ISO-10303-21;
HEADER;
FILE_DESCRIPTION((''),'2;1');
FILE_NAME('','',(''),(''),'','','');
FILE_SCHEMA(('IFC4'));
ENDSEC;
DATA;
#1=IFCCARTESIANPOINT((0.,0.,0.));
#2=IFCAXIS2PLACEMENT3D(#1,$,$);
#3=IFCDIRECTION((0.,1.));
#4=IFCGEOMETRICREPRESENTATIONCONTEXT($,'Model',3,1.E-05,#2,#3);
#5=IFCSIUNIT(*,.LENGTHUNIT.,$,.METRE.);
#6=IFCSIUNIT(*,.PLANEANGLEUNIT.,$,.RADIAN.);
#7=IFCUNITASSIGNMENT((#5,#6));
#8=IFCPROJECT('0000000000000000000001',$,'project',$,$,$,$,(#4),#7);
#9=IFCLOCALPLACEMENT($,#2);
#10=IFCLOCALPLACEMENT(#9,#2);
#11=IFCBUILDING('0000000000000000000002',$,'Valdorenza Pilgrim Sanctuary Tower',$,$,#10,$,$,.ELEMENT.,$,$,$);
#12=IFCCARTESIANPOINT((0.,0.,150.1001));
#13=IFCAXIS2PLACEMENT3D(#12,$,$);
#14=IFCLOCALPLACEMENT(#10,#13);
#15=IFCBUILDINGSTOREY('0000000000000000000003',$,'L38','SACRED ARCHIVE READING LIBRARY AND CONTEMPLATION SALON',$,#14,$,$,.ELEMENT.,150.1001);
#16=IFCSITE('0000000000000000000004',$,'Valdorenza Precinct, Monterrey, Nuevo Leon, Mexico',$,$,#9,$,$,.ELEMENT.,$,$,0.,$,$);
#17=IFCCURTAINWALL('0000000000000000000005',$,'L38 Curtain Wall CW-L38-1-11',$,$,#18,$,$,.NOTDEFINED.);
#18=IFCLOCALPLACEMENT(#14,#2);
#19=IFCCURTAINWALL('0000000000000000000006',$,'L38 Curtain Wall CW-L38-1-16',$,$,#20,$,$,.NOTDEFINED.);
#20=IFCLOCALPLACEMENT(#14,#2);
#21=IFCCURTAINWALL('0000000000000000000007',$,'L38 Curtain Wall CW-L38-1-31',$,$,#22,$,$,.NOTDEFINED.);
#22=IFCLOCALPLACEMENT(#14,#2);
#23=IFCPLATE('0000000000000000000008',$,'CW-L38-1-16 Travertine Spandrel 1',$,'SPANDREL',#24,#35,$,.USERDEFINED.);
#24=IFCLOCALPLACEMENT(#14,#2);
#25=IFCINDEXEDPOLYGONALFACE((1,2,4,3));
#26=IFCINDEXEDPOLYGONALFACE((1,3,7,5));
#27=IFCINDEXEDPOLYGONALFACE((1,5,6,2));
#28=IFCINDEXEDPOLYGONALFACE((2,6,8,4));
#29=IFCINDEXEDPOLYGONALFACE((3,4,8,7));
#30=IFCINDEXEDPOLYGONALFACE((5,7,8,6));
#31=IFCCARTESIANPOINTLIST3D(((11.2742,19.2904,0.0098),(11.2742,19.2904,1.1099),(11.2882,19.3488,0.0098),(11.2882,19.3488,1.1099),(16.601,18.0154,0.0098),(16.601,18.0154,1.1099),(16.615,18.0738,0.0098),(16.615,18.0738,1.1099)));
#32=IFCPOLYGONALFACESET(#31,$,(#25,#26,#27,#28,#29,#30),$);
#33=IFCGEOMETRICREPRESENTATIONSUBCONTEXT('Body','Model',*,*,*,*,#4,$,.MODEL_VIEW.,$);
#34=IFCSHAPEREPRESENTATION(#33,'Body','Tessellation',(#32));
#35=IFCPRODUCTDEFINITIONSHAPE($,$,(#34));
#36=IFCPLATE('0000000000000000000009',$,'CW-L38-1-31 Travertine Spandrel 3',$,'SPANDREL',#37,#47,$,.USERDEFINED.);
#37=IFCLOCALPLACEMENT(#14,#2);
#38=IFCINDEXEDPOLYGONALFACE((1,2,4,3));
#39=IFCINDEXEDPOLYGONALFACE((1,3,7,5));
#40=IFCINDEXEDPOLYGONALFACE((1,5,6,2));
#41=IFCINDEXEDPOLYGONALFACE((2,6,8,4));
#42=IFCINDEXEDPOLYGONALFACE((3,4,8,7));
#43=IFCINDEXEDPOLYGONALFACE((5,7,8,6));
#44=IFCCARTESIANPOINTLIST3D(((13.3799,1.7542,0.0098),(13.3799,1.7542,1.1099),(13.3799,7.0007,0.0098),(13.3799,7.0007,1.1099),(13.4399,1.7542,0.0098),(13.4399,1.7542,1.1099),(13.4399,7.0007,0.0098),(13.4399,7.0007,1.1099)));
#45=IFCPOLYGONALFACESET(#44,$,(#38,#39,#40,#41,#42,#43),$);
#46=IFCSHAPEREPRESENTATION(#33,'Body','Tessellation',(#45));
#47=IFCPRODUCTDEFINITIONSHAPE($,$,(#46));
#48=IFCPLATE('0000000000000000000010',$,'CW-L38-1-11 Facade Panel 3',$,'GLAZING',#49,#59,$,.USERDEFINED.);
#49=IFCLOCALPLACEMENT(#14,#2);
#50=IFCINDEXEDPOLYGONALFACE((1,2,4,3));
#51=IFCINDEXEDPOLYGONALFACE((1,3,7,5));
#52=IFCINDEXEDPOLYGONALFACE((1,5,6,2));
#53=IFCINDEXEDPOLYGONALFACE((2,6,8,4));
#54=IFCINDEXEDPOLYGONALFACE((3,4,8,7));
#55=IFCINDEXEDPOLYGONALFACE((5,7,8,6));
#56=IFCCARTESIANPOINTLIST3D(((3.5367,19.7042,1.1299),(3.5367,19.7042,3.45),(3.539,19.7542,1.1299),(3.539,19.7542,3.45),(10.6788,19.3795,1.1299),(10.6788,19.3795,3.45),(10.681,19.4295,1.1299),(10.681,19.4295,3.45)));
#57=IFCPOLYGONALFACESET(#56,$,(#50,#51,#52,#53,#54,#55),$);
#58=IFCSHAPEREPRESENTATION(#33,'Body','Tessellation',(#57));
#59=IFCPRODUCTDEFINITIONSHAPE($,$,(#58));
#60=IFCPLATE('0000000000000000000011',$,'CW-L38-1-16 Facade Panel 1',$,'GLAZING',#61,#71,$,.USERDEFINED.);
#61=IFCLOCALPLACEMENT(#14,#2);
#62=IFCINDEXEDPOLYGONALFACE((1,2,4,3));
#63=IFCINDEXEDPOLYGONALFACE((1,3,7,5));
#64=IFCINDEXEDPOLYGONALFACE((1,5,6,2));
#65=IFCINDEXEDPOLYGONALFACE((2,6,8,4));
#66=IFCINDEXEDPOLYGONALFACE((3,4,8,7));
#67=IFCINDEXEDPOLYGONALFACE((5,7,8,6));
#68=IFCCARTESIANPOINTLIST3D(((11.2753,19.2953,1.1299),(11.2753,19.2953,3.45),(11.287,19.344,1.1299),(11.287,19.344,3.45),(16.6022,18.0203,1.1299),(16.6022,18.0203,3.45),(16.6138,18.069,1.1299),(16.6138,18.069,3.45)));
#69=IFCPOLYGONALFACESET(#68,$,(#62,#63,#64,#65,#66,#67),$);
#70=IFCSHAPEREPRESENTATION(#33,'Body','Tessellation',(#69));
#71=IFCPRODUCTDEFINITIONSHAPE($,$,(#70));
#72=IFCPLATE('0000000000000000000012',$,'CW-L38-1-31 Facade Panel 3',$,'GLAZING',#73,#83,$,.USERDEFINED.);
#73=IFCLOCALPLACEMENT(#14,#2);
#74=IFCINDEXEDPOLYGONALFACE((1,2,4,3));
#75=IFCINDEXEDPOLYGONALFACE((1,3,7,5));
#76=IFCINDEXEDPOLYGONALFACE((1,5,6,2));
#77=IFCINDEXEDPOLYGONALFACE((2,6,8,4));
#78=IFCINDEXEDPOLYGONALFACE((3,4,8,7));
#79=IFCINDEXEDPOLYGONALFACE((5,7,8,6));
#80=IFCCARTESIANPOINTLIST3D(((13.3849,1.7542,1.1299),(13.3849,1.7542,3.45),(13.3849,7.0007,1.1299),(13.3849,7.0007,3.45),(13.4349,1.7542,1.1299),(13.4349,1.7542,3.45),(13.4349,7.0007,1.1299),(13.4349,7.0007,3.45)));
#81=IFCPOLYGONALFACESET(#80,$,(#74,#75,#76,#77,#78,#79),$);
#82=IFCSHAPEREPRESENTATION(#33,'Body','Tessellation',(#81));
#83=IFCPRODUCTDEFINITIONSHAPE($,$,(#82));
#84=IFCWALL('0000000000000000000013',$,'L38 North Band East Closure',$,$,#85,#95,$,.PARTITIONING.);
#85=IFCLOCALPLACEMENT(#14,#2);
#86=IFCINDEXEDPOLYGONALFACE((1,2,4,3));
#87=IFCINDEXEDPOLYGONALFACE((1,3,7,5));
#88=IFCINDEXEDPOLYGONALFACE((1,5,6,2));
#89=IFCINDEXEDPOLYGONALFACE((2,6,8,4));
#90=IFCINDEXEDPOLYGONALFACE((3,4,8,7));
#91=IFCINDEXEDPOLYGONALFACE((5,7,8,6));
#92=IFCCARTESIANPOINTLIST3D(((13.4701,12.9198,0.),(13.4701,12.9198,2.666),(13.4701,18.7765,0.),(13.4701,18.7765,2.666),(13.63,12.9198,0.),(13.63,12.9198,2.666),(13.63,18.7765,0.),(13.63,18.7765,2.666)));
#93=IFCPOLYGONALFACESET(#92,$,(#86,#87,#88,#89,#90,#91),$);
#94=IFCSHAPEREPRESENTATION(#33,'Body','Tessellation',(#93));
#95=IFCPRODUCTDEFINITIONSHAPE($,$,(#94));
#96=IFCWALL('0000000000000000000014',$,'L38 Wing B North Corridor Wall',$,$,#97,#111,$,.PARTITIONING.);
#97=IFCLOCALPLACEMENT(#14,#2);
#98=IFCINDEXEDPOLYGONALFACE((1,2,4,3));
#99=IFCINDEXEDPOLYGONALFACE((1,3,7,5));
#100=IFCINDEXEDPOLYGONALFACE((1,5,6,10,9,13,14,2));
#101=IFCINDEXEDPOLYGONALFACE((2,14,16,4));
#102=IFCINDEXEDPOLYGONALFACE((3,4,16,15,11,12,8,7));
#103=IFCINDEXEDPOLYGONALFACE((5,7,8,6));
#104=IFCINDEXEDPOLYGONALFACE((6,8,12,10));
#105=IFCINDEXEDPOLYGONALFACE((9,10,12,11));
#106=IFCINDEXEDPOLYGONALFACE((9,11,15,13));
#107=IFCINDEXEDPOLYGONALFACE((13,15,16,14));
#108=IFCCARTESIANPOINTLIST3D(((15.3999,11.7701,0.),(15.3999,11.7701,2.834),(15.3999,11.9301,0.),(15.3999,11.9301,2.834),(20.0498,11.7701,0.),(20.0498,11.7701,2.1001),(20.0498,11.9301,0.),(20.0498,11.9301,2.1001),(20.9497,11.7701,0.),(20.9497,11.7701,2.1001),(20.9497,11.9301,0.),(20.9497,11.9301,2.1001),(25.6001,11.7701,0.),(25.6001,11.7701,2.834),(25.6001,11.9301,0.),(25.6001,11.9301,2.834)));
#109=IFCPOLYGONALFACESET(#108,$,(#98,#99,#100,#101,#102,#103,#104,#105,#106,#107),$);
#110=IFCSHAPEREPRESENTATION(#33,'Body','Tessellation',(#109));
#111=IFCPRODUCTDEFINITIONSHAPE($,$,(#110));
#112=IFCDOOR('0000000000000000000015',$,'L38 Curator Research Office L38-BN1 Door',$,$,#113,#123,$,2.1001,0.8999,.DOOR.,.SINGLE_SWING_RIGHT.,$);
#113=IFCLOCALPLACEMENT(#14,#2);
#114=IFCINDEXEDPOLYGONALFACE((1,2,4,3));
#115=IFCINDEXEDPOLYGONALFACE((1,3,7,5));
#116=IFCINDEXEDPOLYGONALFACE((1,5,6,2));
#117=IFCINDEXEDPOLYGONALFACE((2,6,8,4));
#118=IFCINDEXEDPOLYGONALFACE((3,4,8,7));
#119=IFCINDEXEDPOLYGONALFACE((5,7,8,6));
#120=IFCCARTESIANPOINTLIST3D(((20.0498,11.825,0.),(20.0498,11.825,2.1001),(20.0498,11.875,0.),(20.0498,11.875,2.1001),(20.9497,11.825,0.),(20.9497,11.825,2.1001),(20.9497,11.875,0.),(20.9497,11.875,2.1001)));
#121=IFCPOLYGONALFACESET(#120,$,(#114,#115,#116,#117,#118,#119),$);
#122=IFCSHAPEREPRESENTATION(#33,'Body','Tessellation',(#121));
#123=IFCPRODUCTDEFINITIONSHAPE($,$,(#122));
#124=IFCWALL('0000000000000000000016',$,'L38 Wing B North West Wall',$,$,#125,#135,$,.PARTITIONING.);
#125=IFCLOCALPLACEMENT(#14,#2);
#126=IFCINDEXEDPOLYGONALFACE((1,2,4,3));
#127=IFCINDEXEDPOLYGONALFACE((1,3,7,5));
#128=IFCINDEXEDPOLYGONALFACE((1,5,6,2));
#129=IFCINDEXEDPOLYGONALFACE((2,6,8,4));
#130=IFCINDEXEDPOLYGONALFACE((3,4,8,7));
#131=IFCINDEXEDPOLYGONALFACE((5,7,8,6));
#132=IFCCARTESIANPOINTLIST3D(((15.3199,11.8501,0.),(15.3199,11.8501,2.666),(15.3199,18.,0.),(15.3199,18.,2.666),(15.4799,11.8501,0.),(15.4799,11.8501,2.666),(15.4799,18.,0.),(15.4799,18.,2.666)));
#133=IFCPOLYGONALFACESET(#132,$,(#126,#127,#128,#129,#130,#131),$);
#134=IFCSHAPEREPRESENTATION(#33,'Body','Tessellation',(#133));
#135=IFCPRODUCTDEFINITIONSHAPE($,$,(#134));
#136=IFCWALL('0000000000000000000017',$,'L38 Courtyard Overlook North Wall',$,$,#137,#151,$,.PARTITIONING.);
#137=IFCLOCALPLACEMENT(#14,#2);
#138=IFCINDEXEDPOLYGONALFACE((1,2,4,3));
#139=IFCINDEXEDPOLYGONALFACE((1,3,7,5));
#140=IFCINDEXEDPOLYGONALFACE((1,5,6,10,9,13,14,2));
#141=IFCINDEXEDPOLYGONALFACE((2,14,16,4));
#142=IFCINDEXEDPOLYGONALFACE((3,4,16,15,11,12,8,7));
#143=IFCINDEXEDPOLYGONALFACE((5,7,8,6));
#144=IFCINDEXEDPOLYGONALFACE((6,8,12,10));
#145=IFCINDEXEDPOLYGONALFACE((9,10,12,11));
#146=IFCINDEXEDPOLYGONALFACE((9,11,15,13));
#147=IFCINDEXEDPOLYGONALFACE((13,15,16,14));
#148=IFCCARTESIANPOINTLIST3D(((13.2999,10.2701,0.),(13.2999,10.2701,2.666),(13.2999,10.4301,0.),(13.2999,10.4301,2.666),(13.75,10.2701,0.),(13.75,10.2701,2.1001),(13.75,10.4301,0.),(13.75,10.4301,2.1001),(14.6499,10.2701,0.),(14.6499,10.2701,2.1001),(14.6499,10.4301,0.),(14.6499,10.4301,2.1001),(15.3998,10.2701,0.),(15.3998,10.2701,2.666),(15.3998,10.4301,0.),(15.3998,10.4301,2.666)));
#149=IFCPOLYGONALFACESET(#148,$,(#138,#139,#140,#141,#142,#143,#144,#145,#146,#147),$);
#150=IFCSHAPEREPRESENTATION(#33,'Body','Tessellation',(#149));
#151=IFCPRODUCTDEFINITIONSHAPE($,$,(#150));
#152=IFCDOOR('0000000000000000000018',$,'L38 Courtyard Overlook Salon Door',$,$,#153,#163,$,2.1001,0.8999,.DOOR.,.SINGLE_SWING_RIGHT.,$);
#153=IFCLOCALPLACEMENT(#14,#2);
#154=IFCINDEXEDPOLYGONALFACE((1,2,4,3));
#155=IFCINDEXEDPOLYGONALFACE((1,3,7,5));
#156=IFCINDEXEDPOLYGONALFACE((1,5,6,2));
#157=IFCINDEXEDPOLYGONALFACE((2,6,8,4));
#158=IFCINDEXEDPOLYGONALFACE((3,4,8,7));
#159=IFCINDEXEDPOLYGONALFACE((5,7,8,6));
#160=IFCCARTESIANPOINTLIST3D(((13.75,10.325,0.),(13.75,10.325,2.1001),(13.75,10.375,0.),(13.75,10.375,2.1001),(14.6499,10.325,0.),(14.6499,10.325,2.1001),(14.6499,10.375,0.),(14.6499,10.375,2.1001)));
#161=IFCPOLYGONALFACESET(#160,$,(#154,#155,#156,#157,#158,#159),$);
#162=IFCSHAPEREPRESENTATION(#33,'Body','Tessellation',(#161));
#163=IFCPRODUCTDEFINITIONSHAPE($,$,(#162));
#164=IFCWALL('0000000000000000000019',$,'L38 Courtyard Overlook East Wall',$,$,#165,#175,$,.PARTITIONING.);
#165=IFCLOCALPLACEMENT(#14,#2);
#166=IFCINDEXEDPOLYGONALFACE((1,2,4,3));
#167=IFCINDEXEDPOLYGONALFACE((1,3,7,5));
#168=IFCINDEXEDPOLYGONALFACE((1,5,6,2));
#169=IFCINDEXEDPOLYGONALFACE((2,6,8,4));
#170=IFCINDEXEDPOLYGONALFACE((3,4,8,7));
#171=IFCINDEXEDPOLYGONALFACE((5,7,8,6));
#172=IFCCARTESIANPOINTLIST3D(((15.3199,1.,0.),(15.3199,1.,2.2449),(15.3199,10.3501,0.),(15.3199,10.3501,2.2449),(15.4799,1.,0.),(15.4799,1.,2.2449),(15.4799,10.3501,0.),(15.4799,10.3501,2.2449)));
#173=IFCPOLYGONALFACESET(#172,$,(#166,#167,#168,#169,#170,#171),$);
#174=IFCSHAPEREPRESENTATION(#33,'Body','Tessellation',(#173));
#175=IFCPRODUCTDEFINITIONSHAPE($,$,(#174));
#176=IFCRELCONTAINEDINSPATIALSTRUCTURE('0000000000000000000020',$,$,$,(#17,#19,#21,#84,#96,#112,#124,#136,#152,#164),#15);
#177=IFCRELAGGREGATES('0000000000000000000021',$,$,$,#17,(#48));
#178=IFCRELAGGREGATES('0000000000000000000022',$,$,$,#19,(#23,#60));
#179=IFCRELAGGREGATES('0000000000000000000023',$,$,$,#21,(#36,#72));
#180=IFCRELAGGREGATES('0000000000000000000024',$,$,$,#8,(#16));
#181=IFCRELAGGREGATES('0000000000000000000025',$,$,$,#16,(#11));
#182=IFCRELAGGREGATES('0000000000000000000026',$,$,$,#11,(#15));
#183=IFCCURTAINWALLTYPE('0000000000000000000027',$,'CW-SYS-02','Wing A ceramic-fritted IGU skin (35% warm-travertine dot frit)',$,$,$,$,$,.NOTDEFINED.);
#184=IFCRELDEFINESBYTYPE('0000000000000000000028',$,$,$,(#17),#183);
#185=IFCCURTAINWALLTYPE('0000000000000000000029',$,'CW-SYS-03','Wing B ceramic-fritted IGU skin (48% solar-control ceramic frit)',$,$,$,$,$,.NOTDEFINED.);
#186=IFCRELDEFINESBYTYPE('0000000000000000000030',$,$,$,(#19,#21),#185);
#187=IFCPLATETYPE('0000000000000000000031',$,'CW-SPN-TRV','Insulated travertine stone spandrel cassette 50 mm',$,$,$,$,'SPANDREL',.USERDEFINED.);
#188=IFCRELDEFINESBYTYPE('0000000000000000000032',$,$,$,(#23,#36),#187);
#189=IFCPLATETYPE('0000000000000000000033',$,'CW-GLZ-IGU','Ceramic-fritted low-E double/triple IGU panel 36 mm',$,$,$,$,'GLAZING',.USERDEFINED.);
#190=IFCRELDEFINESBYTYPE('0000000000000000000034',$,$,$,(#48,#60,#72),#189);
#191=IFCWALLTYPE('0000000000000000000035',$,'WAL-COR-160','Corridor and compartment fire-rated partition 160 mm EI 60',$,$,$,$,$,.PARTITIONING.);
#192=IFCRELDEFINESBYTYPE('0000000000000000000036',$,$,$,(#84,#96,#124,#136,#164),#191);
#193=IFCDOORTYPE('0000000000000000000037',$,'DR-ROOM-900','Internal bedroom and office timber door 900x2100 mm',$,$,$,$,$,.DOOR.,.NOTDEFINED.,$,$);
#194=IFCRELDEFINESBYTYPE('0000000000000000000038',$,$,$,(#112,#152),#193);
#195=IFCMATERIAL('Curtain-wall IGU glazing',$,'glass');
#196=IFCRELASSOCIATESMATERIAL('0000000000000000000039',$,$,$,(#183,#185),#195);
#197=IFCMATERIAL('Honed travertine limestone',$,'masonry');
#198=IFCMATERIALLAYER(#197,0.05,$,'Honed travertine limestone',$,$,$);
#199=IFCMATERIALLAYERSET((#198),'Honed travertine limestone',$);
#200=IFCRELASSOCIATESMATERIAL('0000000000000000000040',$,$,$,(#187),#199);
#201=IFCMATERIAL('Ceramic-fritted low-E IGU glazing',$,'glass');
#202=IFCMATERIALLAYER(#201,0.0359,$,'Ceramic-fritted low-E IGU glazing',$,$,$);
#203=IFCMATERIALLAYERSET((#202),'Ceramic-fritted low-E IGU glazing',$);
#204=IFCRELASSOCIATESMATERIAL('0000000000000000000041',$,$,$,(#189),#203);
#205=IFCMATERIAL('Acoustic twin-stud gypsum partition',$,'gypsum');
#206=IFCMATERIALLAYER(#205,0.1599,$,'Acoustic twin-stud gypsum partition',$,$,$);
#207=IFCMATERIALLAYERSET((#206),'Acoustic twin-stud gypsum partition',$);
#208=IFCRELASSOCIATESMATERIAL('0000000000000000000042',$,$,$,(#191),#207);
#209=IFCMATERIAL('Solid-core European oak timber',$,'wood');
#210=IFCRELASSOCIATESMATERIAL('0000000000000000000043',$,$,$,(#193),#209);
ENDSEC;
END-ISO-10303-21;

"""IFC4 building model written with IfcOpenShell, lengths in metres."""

from ifc_helpers import new_model, si_unit, direction, frame, frame_2d, origin, origin_2d, place, context, subcontext, project, spatial, rectangle, extrude, source, transform, mapped, material, layer, layer_set, type_object, element, fill, aggregate, save


model = new_model("IFC4")

# Units and contexts
model_context = context("Model", 3, precision=1e-05, world=origin(), true_north=direction((0.0, 1.0)))
body_context = subcontext(model_context, "Body", "Model", "MODEL_VIEW")
ifc_project = project(units=[si_unit("LENGTHUNIT", "METRE"), si_unit("PLANEANGLEUNIT", "RADIAN")], contexts=[model_context])

# Site, building, storey
site_placement = place(None, origin())
site = spatial("IfcSite", under=ifc_project, at=site_placement, Name="Valdorenza Precinct, Monterrey, Nuevo Leon, Mexico", CompositionType="ELEMENT", RefElevation=0.0)
building_placement = place(site_placement, origin())
building = spatial("IfcBuilding", under=site, at=building_placement, Name="Valdorenza Pilgrim Sanctuary Tower", CompositionType="ELEMENT")
storey_placement = place(building_placement, frame((0.0, 0.0, 150.1001)))
storey = spatial("IfcBuildingStorey", under=building, at=storey_placement, Name="L38", Description="SACRED ARCHIVE READING LIBRARY AND CONTEMPLATION SALON", CompositionType="ELEMENT", Elevation=150.1001)

# Curtain walls
ifc_material_1 = material(Name="Curtain-wall IGU glazing", Category="glass")
curtain_wall_type_1 = type_object("IfcCurtainWallType", Name="CW-SYS-02", Description="Wing A ceramic-fritted IGU skin (35% warm-travertine dot frit)", PredefinedType="NOTDEFINED", material=ifc_material_1)
curtain_wall_1_placement = place(storey_placement, origin())
curtain_wall_1 = element("IfcCurtainWall", 1, at=curtain_wall_1_placement, inside=storey, type_object=curtain_wall_type_1, Name="L38 Curtain Wall CW-L38-1-11", PredefinedType="NOTDEFINED")
curtain_wall_type_2 = type_object("IfcCurtainWallType", Name="CW-SYS-03", Description="Wing B ceramic-fritted IGU skin (48% solar-control ceramic frit)", PredefinedType="NOTDEFINED", material=ifc_material_1)
curtain_wall_2_placement = place(storey_placement, origin())
curtain_wall_2 = element("IfcCurtainWall", 2, at=curtain_wall_2_placement, inside=storey, type_object=curtain_wall_type_2, Name="L38 Curtain Wall CW-L38-1-16", PredefinedType="NOTDEFINED")

# Curtain wall
curtain_wall_3_placement = place(storey_placement, origin())
curtain_wall_3 = element("IfcCurtainWall", 3, at=curtain_wall_3_placement, inside=storey, type_object=curtain_wall_type_2, Name="L38 Curtain Wall CW-L38-1-31", PredefinedType="NOTDEFINED")

# Plates
ifc_material_2 = material(Name="Honed travertine limestone", Category="masonry")
ifc_layer_1 = layer(ifc_material_2, 0.05, Name="Honed travertine limestone")
ifc_layer_set_1 = layer_set([ifc_layer_1], Name="Honed travertine limestone")
plate_type_1 = type_object("IfcPlateType", Name="CW-SPN-TRV", Description="Insulated travertine stone spandrel cassette 50 mm", ElementType="SPANDREL", PredefinedType="USERDEFINED", material=ifc_layer_set_1)
ifc_material_3 = material(Name="Ceramic-fritted low-E IGU glazing", Category="glass")
ifc_layer_2 = layer(ifc_material_3, 0.0359, Name="Ceramic-fritted low-E IGU glazing")
ifc_layer_set_2 = layer_set([ifc_layer_2], Name="Ceramic-fritted low-E IGU glazing")
plate_type_2 = type_object("IfcPlateType", Name="CW-GLZ-IGU", Description="Ceramic-fritted low-E double/triple IGU panel 36 mm", ElementType="GLAZING", PredefinedType="USERDEFINED", material=ifc_layer_set_2)
shared_shape_1 = source(origin(), body_context, "Body", "SweptSolid", [
    extrude(rectangle(XDim=5.4773, YDim=0.0601, at=origin_2d()), origin(), (0.0, 0.0, 1.0), 1.1001),
])
plate_1_placement = place(storey_placement, frame((13.9446, 18.6821, 0.0098), z_axis=(0.0, 0.0, 1.0), x_axis=(0.972529, -0.232783, 0.0)))
plate_1 = element("IfcPlate", 4, at=plate_1_placement, type_object=plate_type_1, Name="CW-L38-1-16 Travertine Spandrel 1", ObjectType="SPANDREL", PredefinedType="USERDEFINED", context=body_context, shape_type="MappedRepresentation", body=[
    mapped(shared_shape_1, transform((0.0, 0.0, 0.0), x_axis=(1.0, 0.0, 0.0), y_axis=(0.0, 1.0, 0.0), z_axis=(0.0, 0.0, 1.0), scale=1.0)),
])
shared_shape_2 = source(origin(), body_context, "Body", "SweptSolid", [
    extrude(rectangle(XDim=5.2466, YDim=0.0601, at=origin_2d()), origin(), (0.0, 0.0, 1.0), 1.1001),
])
plate_2_placement = place(storey_placement, frame((13.4099, 4.3774, 0.0098), z_axis=(0.0, 0.0, 1.0), x_axis=(0.0, 1.0, 0.0)))
plate_2 = element("IfcPlate", 5, at=plate_2_placement, type_object=plate_type_1, Name="CW-L38-1-31 Travertine Spandrel 3", ObjectType="SPANDREL", PredefinedType="USERDEFINED", context=body_context, shape_type="MappedRepresentation", body=[
    mapped(shared_shape_2, transform((0.0, 0.0, 0.0), x_axis=(1.0, 0.0, 0.0), y_axis=(0.0, 1.0, 0.0), z_axis=(0.0, 0.0, 1.0), scale=1.0)),
])
shared_shape_3 = source(origin(), body_context, "Body", "SweptSolid", [
    extrude(rectangle(XDim=7.1494, YDim=0.05, at=origin_2d()), origin(), (0.0, 0.0, 1.0), 2.3201),
])
plate_3_placement = place(storey_placement, frame((7.1089, 19.5669, 1.1299), z_axis=(0.0, 0.0, 1.0), x_axis=(0.998968, -0.045415, 0.0)))
plate_3 = element("IfcPlate", 6, at=plate_3_placement, type_object=plate_type_2, Name="CW-L38-1-11 Facade Panel 3", ObjectType="GLAZING", PredefinedType="USERDEFINED", context=body_context, shape_type="MappedRepresentation", body=[
    mapped(shared_shape_3, transform((0.0, 0.0, 0.0), x_axis=(1.0, 0.0, 0.0), y_axis=(0.0, 1.0, 0.0), z_axis=(0.0, 0.0, 1.0), scale=1.0)),
])
aggregate(curtain_wall_1, [plate_3])
shared_shape_4 = source(origin(), body_context, "Body", "SweptSolid", [
    extrude(rectangle(XDim=5.4773, YDim=0.05, at=origin_2d()), origin(), (0.0, 0.0, 1.0), 2.3201),
])
plate_4_placement = place(storey_placement, frame((13.9446, 18.6821, 1.1299), z_axis=(0.0, 0.0, 1.0), x_axis=(0.972529, -0.232783, 0.0)))
plate_4 = element("IfcPlate", 7, at=plate_4_placement, type_object=plate_type_2, Name="CW-L38-1-16 Facade Panel 1", ObjectType="GLAZING", PredefinedType="USERDEFINED", context=body_context, shape_type="MappedRepresentation", body=[
    mapped(shared_shape_4, transform((0.0, 0.0, 0.0), x_axis=(1.0, 0.0, 0.0), y_axis=(0.0, 1.0, 0.0), z_axis=(0.0, 0.0, 1.0), scale=1.0)),
])
aggregate(curtain_wall_2, [plate_1, plate_4])
shared_shape_5 = source(origin(), body_context, "Body", "SweptSolid", [
    extrude(rectangle(XDim=5.2466, YDim=0.05, at=origin_2d()), origin(), (0.0, 0.0, 1.0), 2.3201),
])
plate_5_placement = place(storey_placement, frame((13.4099, 4.3774, 1.1299), z_axis=(0.0, 0.0, 1.0), x_axis=(0.0, 1.0, 0.0)))
plate_5 = element("IfcPlate", 8, at=plate_5_placement, type_object=plate_type_2, Name="CW-L38-1-31 Facade Panel 3", ObjectType="GLAZING", PredefinedType="USERDEFINED", context=body_context, shape_type="MappedRepresentation", body=[
    mapped(shared_shape_5, transform((0.0, 0.0, 0.0), x_axis=(1.0, 0.0, 0.0), y_axis=(0.0, 1.0, 0.0), z_axis=(0.0, 0.0, 1.0), scale=1.0)),
])
aggregate(curtain_wall_3, [plate_2, plate_5])

# Wall
ifc_material_4 = material(Name="Acoustic twin-stud gypsum partition", Category="gypsum")
ifc_layer_3 = layer(ifc_material_4, 0.1599, Name="Acoustic twin-stud gypsum partition")
ifc_layer_set_3 = layer_set([ifc_layer_3], Name="Acoustic twin-stud gypsum partition")
wall_type_1 = type_object("IfcWallType", Name="WAL-COR-160", Description="Corridor and compartment fire-rated partition 160 mm EI 60", PredefinedType="PARTITIONING", material=ifc_layer_set_3)
wall_1_placement = place(storey_placement, frame((13.55, 12.9199, 0.0), z_axis=(0.0, 0.0, 1.0), x_axis=(0.0, 1.0, 0.0)))
element("IfcWall", 9, at=wall_1_placement, inside=storey, type_object=wall_type_1, Name="L38 North Band East Closure", PredefinedType="PARTITIONING", context=body_context, shape_type="SweptSolid", body=[
    extrude(rectangle(XDim=5.8567, YDim=0.1599, at=frame_2d((2.9282, 0.0))), origin(), (0.0, 0.0, 1.0), 2.666),
])

# Wall, opening, door
wall_2_placement = place(storey_placement, frame((15.3999, 11.8501, 0.0), z_axis=(0.0, 0.0, 1.0), x_axis=(1.0, 0.0, 0.0)))
wall_2 = element("IfcWall", 10, at=wall_2_placement, inside=storey, type_object=wall_type_1, Name="L38 Wing B North Corridor Wall", PredefinedType="PARTITIONING", context=body_context, shape_type="SweptSolid", body=[
    extrude(rectangle(XDim=10.2002, YDim=0.1599, at=frame_2d((5.1001, 0.0))), origin(), (0.0, 0.0, 1.0), 2.834),
])
opening_1_placement = place(wall_2_placement, frame((4.6499, 0.0, 0.0)))
opening_1 = element("IfcOpeningElement", 11, at=opening_1_placement, cuts=wall_2, PredefinedType="OPENING", context=body_context, shape_type="SweptSolid", body=[
    extrude(rectangle(XDim=0.8999, YDim=2.1001, at=frame_2d((0.45, 1.05))), frame((0.0, 0.0947, 0.0), z_axis=(0.0, -1.0, 0.0), x_axis=(1.0, 0.0, 0.0)), (0.0, 0.0, 1.0), 0.1897),
])
ifc_material_5 = material(Name="Solid-core European oak timber", Category="wood")
door_type = type_object("IfcDoorType", Name="DR-ROOM-900", Description="Internal bedroom and office timber door 900x2100 mm", OperationType="NOTDEFINED", PredefinedType="DOOR", material=ifc_material_5)
door_1_placement = place(opening_1_placement, origin())
door_1 = element("IfcDoor", 12, at=door_1_placement, inside=storey, type_object=door_type, Name="L38 Curator Research Office L38-BN1 Door", OperationType="SINGLE_SWING_RIGHT", OverallHeight=2.1001, OverallWidth=0.8999, PredefinedType="DOOR", context=body_context, shape_type="SweptSolid", body=[
    extrude(rectangle(XDim=0.8999, YDim=2.1001, at=frame_2d((0.45, 1.05))), frame((0.0, 0.0249, 0.0), z_axis=(0.0, -1.0, 0.0), x_axis=(1.0, 0.0, 0.0)), (0.0, 0.0, 1.0), 0.05),
])
fill(opening_1, door_1)

# Wall
wall_3_placement = place(storey_placement, frame((15.3999, 11.8501, 0.0), z_axis=(0.0, 0.0, 1.0), x_axis=(0.0, 1.0, 0.0)))
element("IfcWall", 13, at=wall_3_placement, inside=storey, type_object=wall_type_1, Name="L38 Wing B North West Wall", PredefinedType="PARTITIONING", context=body_context, shape_type="SweptSolid", body=[
    extrude(rectangle(XDim=6.1499, YDim=0.1599, at=frame_2d((3.075, 0.0))), origin(), (0.0, 0.0, 1.0), 2.666),
])

# Wall, opening, door
wall_4_placement = place(storey_placement, frame((13.3, 10.3501, 0.0), z_axis=(0.0, 0.0, 1.0), x_axis=(1.0, 0.0, 0.0)))
wall_4 = element("IfcWall", 14, at=wall_4_placement, inside=storey, type_object=wall_type_1, Name="L38 Courtyard Overlook North Wall", PredefinedType="PARTITIONING", context=body_context, shape_type="SweptSolid", body=[
    extrude(rectangle(XDim=2.0999, YDim=0.1599, at=frame_2d((1.0498, 0.0))), origin(), (0.0, 0.0, 1.0), 2.666),
])
opening_2_placement = place(wall_4_placement, frame((0.45, 0.0, 0.0)))
opening_2 = element("IfcOpeningElement", 15, at=opening_2_placement, cuts=wall_4, PredefinedType="OPENING", context=body_context, shape_type="SweptSolid", body=[
    extrude(rectangle(XDim=0.8999, YDim=2.1001, at=frame_2d((0.45, 1.05))), frame((0.0, 0.0947, 0.0), z_axis=(0.0, -1.0, 0.0), x_axis=(1.0, 0.0, 0.0)), (0.0, 0.0, 1.0), 0.1897),
])
door_2_placement = place(opening_2_placement, origin())
door_2 = element("IfcDoor", 16, at=door_2_placement, inside=storey, type_object=door_type, Name="L38 Courtyard Overlook Salon Door", OperationType="SINGLE_SWING_RIGHT", OverallHeight=2.1001, OverallWidth=0.8999, PredefinedType="DOOR", context=body_context, shape_type="SweptSolid", body=[
    extrude(rectangle(XDim=0.8999, YDim=2.1001, at=frame_2d((0.45, 1.05))), frame((0.0, 0.0249, 0.0), z_axis=(0.0, -1.0, 0.0), x_axis=(1.0, 0.0, 0.0)), (0.0, 0.0, 1.0), 0.05),
])
fill(opening_2, door_2)

# Wall
wall_5_placement = place(storey_placement, frame((15.3999, 1.0, 0.0), z_axis=(0.0, 0.0, 1.0), x_axis=(0.0, 1.0, 0.0)))
element("IfcWall", 17, at=wall_5_placement, inside=storey, type_object=wall_type_1, Name="L38 Courtyard Overlook East Wall", PredefinedType="PARTITIONING", context=body_context, shape_type="SweptSolid", body=[
    extrude(rectangle(XDim=9.3501, YDim=0.1599, at=frame_2d((4.675, 0.0))), origin(), (0.0, 0.0, 1.0), 2.2449),
])

save(model, "model.ifc")
